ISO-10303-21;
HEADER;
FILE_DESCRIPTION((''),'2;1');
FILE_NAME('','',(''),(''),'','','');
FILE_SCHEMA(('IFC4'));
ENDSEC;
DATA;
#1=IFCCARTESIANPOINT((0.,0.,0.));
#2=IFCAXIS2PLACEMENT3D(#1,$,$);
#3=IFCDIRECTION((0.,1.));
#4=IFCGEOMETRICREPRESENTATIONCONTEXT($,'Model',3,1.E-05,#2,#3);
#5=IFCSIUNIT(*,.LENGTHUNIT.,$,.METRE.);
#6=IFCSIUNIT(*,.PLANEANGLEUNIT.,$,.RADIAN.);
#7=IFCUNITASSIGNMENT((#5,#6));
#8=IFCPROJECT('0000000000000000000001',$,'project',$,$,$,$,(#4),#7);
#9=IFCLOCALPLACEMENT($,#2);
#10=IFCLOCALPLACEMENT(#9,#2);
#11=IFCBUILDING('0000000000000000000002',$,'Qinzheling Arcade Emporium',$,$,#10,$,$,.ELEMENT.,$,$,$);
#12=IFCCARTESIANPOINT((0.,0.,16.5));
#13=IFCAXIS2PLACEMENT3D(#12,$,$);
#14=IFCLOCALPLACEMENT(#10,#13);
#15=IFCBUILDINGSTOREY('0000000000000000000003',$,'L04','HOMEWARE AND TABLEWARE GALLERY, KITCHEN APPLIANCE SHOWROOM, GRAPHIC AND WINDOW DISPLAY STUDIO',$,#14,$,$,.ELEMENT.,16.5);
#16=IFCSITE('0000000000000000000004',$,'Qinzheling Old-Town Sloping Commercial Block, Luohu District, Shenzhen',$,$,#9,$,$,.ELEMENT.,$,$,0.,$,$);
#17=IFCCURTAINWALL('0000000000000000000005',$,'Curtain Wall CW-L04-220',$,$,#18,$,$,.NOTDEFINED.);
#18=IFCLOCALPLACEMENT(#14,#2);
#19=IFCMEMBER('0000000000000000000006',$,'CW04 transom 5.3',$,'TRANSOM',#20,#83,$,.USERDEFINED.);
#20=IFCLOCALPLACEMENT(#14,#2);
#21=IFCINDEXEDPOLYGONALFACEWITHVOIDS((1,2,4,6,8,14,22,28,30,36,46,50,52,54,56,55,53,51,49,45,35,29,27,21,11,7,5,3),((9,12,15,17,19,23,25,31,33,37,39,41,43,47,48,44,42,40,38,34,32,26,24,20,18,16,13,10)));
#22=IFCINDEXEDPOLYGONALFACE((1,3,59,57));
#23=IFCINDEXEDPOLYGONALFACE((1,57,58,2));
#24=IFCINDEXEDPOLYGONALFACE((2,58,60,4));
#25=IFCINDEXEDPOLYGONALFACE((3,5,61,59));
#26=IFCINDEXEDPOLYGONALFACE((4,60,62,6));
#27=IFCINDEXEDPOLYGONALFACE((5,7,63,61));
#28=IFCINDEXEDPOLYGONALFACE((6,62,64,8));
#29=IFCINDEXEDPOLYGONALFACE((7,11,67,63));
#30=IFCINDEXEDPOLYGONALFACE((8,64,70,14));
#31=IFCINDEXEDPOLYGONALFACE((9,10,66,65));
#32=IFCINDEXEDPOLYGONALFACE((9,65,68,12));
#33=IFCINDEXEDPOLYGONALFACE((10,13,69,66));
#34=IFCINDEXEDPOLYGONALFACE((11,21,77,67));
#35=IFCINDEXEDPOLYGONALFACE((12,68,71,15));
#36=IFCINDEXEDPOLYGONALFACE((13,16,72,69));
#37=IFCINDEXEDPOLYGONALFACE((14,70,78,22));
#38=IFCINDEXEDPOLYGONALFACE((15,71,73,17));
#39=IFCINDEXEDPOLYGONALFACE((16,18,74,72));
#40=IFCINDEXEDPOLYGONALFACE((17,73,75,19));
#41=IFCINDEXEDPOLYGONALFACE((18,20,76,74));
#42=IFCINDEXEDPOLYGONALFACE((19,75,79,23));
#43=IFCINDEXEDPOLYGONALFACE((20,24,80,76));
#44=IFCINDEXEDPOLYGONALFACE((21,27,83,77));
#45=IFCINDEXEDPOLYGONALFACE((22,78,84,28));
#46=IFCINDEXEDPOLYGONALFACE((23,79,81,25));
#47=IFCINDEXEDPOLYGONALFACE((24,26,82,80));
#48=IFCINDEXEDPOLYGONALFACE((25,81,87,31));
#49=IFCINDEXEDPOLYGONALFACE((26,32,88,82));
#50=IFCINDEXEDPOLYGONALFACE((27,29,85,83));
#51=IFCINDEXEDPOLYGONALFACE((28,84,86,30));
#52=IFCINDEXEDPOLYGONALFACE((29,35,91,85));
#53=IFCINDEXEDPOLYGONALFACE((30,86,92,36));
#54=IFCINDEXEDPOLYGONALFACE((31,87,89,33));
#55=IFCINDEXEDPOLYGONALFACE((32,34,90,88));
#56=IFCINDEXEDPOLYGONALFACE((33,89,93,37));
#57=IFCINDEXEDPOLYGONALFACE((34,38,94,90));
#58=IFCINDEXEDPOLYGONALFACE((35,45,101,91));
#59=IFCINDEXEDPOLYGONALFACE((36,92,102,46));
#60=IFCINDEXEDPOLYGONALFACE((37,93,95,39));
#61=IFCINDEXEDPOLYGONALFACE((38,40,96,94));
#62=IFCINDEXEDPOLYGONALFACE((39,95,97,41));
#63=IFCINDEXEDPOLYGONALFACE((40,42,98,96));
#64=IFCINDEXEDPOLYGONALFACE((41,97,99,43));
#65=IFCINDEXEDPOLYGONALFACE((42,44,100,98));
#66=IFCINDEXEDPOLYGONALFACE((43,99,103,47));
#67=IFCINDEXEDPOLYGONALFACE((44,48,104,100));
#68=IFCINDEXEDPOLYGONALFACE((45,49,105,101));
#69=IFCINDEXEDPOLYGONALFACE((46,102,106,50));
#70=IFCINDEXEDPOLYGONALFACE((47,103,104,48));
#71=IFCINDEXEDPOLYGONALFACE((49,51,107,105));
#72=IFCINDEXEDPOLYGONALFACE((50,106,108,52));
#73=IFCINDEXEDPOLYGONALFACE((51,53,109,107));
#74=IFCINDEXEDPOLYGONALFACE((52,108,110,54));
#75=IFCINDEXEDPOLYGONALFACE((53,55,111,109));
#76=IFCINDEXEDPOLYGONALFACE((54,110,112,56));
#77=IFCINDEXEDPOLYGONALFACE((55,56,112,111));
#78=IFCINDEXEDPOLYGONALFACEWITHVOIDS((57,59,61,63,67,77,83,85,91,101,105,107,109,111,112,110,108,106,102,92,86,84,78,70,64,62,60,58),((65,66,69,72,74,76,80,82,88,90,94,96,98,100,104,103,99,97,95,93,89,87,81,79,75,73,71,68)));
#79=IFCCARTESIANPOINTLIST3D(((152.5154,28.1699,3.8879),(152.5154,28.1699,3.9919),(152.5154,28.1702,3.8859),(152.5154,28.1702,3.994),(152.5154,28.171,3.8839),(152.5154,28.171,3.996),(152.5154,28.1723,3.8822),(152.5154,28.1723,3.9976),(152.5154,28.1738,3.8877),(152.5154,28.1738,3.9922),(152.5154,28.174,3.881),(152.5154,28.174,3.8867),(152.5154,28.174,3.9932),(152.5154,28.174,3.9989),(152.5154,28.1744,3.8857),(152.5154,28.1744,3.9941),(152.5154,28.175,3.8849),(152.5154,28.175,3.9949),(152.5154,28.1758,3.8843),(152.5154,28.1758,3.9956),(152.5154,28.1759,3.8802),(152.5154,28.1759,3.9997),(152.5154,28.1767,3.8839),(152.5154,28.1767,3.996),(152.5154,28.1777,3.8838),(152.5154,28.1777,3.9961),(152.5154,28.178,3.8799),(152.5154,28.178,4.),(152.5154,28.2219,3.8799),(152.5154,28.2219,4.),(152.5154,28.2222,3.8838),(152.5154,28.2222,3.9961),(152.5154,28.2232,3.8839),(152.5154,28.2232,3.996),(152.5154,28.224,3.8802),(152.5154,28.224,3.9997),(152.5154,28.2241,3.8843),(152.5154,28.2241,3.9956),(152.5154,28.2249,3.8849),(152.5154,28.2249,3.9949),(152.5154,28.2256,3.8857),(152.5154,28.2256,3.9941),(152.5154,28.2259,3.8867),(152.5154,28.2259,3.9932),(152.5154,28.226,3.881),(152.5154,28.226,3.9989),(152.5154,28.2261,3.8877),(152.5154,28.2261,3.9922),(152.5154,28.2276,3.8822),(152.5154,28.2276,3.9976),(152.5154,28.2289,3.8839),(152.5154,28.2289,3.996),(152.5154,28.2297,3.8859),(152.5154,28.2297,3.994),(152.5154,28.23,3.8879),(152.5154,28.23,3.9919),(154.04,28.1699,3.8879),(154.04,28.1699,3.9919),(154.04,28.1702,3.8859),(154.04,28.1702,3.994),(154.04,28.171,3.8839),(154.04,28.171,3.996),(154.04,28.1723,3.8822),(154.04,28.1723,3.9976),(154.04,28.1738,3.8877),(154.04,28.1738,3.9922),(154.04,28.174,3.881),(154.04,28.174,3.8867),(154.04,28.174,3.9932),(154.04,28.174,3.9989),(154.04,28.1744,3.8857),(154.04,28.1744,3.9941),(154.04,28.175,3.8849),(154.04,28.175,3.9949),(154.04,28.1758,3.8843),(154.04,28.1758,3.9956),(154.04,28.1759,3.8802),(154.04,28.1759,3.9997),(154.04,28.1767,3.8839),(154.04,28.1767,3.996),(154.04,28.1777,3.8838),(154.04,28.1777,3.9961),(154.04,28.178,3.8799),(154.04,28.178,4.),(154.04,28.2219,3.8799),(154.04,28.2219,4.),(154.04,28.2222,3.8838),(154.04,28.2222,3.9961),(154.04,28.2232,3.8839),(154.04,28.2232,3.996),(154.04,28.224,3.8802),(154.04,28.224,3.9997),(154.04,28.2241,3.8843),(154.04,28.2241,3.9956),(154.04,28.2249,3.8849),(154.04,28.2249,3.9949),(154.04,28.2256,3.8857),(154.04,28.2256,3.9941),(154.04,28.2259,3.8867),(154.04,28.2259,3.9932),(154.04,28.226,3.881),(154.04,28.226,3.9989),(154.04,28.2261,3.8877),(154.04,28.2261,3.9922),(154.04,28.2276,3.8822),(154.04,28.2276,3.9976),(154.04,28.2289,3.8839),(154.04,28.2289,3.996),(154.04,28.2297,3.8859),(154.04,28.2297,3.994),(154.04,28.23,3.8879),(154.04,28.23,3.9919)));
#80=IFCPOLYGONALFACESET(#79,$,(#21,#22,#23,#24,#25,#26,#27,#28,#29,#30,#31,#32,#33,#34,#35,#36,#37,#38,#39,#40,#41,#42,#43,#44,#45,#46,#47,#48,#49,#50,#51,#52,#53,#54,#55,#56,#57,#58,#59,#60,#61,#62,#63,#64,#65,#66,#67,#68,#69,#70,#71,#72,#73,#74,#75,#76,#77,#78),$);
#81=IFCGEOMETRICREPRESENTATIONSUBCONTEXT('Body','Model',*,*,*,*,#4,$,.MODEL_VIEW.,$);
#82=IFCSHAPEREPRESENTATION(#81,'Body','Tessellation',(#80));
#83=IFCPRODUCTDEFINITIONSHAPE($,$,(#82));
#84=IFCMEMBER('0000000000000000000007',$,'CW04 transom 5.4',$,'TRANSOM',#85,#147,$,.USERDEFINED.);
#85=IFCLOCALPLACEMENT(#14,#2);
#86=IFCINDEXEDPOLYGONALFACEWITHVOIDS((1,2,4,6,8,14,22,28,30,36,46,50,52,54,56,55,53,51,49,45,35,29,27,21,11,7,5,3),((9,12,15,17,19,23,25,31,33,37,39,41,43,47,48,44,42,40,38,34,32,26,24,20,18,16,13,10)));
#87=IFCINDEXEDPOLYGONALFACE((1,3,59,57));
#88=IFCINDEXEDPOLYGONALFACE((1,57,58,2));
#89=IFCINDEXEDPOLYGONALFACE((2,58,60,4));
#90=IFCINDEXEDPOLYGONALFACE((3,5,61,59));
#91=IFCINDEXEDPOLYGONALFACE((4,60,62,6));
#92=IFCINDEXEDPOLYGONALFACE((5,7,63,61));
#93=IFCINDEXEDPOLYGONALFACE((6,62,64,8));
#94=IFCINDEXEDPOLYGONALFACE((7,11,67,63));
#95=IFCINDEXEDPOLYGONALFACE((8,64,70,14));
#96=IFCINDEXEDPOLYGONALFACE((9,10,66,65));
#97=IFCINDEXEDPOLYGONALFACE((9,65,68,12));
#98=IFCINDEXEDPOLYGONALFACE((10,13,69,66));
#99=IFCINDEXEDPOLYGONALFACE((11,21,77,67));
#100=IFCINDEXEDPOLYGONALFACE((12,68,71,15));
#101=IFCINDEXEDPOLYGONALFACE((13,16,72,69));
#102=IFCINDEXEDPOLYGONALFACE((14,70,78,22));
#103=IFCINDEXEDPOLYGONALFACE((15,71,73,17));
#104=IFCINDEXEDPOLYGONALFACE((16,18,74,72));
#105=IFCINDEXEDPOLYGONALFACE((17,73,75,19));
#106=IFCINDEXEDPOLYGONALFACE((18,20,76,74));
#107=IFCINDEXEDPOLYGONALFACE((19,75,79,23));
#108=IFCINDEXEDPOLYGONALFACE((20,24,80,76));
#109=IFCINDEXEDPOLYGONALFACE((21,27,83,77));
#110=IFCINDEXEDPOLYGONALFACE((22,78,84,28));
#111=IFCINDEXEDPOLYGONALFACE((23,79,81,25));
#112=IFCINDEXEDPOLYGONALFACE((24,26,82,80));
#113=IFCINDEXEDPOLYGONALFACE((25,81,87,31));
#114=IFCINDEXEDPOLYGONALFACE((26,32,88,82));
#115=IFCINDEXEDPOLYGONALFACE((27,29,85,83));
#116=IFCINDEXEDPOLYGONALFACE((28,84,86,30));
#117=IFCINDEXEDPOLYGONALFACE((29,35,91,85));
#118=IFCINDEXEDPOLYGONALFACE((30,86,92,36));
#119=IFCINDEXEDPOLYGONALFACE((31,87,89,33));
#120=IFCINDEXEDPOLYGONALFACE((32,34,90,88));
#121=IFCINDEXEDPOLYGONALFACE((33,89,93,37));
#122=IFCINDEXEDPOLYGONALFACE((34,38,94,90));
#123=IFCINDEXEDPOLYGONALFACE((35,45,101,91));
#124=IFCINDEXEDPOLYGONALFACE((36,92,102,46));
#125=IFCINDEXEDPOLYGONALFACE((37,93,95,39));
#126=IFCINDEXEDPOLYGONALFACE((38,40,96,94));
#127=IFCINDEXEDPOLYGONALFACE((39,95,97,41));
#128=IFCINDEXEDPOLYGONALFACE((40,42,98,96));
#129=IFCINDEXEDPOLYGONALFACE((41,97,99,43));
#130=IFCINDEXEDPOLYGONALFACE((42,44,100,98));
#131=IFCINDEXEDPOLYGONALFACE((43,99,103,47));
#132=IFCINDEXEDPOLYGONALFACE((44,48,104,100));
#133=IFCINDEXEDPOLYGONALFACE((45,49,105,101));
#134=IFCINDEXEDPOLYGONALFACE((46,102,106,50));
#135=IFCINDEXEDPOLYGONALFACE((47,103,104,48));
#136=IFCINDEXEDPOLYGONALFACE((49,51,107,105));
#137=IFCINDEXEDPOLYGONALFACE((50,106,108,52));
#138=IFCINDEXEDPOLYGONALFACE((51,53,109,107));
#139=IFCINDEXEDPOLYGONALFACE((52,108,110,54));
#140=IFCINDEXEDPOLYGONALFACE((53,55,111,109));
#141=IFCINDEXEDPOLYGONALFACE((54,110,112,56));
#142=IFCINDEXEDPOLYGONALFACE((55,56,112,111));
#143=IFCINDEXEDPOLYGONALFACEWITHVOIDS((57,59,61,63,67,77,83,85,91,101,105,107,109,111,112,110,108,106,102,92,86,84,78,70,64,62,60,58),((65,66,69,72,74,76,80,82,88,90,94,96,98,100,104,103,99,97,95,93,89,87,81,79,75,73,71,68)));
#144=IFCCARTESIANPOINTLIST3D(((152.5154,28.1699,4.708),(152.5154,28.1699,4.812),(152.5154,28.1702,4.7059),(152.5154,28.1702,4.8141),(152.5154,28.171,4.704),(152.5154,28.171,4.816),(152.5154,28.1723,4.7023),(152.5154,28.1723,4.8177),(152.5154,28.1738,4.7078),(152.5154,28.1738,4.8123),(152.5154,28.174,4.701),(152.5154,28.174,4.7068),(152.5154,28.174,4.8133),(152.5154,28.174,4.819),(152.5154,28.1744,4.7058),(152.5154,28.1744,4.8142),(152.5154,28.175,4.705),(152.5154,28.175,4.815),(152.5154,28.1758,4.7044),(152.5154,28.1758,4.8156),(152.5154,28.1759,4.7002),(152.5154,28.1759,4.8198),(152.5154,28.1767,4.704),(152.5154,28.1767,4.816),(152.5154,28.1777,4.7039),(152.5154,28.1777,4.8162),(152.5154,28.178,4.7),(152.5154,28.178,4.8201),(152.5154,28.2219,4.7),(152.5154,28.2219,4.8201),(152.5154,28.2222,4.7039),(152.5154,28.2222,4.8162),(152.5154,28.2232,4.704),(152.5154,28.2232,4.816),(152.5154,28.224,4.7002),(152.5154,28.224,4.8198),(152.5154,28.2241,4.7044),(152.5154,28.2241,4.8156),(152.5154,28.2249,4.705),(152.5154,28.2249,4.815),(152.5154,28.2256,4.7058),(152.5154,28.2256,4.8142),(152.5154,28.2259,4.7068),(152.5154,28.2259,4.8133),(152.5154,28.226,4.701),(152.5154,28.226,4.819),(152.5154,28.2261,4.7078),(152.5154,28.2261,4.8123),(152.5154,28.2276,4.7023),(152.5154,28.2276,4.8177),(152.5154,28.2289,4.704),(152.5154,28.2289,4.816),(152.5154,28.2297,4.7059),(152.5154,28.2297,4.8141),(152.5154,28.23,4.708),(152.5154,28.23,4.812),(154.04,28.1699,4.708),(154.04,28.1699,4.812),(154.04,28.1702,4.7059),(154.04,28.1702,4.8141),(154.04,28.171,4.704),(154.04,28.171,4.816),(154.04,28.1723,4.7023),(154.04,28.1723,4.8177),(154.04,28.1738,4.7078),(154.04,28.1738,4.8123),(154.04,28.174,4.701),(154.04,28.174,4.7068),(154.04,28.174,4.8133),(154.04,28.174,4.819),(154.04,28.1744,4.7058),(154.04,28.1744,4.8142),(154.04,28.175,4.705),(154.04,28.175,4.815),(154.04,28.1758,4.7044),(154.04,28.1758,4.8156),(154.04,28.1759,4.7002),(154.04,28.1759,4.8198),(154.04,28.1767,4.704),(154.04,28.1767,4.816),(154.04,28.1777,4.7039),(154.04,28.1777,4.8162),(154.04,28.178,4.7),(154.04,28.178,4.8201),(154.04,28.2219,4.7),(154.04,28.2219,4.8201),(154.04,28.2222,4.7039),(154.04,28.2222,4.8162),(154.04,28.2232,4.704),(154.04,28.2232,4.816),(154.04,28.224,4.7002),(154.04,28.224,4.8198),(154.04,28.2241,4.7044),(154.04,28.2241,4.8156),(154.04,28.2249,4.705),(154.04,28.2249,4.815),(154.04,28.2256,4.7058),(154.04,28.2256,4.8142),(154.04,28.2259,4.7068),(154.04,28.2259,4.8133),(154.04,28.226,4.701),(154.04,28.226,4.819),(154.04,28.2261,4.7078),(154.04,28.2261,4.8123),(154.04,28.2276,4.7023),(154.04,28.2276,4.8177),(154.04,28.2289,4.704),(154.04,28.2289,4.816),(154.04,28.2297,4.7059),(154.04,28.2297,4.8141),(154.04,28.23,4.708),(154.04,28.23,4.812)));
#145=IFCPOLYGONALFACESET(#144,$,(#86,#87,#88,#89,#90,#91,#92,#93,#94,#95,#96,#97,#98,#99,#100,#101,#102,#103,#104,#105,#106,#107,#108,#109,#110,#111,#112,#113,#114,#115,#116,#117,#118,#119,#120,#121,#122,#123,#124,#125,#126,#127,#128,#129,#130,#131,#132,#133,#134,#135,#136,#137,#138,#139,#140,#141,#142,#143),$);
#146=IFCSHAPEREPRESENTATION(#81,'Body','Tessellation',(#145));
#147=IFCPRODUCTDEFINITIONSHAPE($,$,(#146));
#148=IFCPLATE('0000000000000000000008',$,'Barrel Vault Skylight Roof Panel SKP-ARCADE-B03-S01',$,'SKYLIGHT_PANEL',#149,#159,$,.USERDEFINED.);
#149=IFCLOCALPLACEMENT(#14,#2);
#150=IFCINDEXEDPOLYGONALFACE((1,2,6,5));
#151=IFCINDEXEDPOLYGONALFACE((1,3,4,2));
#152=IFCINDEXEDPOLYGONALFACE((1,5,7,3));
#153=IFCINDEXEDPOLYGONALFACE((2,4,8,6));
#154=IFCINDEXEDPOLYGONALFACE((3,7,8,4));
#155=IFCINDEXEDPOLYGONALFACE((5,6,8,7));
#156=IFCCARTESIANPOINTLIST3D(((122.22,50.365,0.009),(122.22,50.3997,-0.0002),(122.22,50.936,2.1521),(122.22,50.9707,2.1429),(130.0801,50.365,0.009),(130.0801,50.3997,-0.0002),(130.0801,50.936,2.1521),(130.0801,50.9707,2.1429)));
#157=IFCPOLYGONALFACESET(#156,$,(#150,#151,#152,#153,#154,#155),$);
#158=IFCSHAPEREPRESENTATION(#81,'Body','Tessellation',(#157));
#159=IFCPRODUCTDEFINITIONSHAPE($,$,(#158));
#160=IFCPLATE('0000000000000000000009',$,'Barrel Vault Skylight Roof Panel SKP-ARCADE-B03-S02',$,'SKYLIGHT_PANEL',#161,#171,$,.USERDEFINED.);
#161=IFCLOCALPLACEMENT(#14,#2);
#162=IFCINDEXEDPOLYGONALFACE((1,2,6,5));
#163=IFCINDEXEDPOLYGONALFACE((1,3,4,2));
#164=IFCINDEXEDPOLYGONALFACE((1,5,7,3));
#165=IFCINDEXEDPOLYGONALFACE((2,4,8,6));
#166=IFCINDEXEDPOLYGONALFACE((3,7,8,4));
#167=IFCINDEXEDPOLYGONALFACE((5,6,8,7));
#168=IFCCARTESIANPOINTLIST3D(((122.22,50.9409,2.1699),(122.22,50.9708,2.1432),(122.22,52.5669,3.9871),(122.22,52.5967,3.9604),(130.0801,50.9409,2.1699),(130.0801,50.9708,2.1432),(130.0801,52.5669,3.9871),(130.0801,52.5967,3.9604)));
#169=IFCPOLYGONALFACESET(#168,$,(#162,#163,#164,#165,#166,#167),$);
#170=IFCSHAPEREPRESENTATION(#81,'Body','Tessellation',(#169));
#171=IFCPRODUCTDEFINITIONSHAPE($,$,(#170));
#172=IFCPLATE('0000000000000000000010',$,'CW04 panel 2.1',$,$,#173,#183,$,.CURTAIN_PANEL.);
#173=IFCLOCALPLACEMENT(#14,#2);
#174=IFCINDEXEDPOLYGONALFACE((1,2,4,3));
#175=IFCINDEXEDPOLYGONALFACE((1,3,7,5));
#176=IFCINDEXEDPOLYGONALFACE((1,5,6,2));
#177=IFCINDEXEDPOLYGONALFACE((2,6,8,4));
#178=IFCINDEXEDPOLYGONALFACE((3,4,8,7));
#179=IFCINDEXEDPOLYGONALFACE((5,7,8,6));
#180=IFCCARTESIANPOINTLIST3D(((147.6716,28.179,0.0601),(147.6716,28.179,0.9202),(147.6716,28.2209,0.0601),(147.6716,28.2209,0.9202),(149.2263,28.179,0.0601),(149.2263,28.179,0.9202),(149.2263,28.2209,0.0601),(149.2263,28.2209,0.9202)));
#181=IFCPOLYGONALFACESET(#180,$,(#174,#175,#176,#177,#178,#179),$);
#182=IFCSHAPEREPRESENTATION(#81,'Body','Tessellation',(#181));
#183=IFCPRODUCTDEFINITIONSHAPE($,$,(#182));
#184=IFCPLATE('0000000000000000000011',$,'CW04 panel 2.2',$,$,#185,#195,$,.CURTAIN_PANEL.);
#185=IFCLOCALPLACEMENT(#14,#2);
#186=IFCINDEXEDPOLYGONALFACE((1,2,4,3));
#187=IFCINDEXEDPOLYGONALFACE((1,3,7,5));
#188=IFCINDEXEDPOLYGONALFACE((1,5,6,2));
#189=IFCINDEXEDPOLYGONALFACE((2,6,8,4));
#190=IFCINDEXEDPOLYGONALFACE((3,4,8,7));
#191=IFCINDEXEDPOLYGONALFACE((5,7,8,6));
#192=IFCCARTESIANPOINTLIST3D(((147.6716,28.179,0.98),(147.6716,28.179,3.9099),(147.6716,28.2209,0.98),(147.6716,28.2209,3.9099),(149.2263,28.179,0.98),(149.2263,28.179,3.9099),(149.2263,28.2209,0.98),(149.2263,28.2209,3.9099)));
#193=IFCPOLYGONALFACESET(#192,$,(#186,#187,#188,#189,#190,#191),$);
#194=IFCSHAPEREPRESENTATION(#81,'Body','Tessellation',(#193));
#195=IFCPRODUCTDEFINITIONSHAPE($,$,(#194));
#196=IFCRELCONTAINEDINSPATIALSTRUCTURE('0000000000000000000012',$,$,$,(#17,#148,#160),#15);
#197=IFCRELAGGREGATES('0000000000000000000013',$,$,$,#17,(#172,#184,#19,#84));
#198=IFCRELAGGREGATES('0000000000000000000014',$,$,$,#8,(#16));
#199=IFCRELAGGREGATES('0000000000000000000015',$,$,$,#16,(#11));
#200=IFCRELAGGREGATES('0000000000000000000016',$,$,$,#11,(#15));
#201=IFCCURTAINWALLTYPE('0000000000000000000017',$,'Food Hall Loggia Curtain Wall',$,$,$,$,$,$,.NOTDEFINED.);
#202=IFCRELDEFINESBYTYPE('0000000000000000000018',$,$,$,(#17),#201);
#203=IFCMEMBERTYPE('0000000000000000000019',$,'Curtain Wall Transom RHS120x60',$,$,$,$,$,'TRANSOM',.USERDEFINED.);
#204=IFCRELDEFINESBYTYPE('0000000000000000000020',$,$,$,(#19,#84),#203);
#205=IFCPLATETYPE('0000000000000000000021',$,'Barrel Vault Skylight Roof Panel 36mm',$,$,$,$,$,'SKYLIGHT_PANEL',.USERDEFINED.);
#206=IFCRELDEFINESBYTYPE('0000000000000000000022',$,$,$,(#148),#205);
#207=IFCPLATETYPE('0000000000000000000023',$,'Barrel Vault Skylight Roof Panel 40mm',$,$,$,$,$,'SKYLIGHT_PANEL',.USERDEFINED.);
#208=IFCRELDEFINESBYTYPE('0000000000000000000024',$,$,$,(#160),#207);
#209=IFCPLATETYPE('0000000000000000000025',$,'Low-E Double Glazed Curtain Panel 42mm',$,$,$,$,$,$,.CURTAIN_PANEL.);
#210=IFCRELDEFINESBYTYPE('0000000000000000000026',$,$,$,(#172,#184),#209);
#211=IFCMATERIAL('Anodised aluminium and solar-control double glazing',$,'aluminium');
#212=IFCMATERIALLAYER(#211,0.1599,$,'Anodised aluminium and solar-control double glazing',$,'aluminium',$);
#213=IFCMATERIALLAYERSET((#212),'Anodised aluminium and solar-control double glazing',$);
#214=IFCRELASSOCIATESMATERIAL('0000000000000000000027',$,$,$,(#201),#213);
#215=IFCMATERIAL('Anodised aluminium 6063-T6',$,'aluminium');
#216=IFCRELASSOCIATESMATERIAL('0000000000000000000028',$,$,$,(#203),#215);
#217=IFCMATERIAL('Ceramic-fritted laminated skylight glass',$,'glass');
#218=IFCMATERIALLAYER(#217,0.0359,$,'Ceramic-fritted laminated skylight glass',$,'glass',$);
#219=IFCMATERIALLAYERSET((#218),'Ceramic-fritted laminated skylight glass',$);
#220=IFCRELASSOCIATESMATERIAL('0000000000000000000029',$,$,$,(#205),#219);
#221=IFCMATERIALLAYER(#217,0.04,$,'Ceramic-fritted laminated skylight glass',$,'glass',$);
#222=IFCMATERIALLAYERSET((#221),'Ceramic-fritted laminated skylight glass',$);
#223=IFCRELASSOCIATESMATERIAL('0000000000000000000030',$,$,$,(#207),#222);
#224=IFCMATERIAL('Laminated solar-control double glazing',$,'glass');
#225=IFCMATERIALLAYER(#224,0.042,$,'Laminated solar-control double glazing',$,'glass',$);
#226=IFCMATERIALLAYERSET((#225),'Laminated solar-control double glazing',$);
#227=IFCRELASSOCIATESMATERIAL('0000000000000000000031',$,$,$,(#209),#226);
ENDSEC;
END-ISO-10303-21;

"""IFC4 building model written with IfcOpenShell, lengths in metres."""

from ifc_helpers import new_model, si_unit, direction, frame, origin, origin_2d, place, context, subcontext, project, spatial, polyline, rectangle, hollow_rectangle, outline, extrude, material, layer, layer_set, material_profile, profile_set, type_object, element, aggregate, save


model = new_model("IFC4")

# Units and contexts
model_context = context("Model", 3, precision=1e-05, world=origin(), true_north=direction((0.0, 1.0)))
body_context = subcontext(model_context, "Body", "Model", "MODEL_VIEW")
ifc_project = project(units=[si_unit("LENGTHUNIT", "METRE"), si_unit("PLANEANGLEUNIT", "RADIAN")], contexts=[model_context])

# Site, building, storey
site_placement = place(None, origin())
site = spatial("IfcSite", under=ifc_project, at=site_placement, Name="Qinzheling Old-Town Sloping Commercial Block, Luohu District, Shenzhen", CompositionType="ELEMENT", RefElevation=0.0)
building_placement = place(site_placement, origin())
building = spatial("IfcBuilding", under=site, at=building_placement, Name="Qinzheling Arcade Emporium", CompositionType="ELEMENT")
storey_placement = place(building_placement, frame((0.0, 0.0, 16.5)))
storey = spatial("IfcBuildingStorey", under=building, at=storey_placement, Name="L04", Description="HOMEWARE AND TABLEWARE GALLERY, KITCHEN APPLIANCE SHOWROOM, GRAPHIC AND WINDOW DISPLAY STUDIO", CompositionType="ELEMENT", Elevation=16.5)

# Curtain wall, members
ifc_material_1 = material(Name="Anodised aluminium and solar-control double glazing", Category="aluminium")
ifc_layer_1 = layer(ifc_material_1, 0.1599, Name="Anodised aluminium and solar-control double glazing", Category="aluminium")
ifc_layer_set_1 = layer_set([ifc_layer_1], Name="Anodised aluminium and solar-control double glazing")
curtain_wall_type = type_object("IfcCurtainWallType", Name="Food Hall Loggia Curtain Wall", PredefinedType="NOTDEFINED", material=ifc_layer_set_1)
curtain_wall_placement = place(storey_placement, origin())
curtain_wall = element("IfcCurtainWall", 1, at=curtain_wall_placement, inside=storey, type_object=curtain_wall_type, Name="Curtain Wall CW-L04-220", PredefinedType="NOTDEFINED")
ifc_material_2 = material(Name="Anodised aluminium 6063-T6", Category="aluminium")
ifc_material_profile_1 = material_profile(ifc_material_2, hollow_rectangle(XDim=0.0601, YDim=0.1201, WallThickness=0.0039, InnerFilletRadius=0.0039, OuterFilletRadius=0.0081, at=origin_2d()), Name="RHS 120x60x4", Category="aluminium")
ifc_profile_set_1 = profile_set([ifc_material_profile_1], Name="Anodised aluminium 6063-T6")
member_type_1 = type_object("IfcMemberType", Name="Curtain Wall Transom RHS120x60", ElementType="TRANSOM", PredefinedType="USERDEFINED", material=ifc_profile_set_1)
member_1_placement = place(storey_placement, frame((152.5154, 28.2, 3.9399), z_axis=(1.0, 0.0, 0.0), x_axis=(0.0, 1.0, 0.0)))
member_1 = element("IfcMember", 2, at=member_1_placement, type_object=member_type_1, Name="CW04 transom 5.3", ObjectType="TRANSOM", PredefinedType="USERDEFINED", context=body_context, shape_type="SweptSolid", body=[
    extrude(hollow_rectangle(XDim=0.0601, YDim=0.1201, WallThickness=0.0039, InnerFilletRadius=0.0039, OuterFilletRadius=0.0081, at=origin_2d()), origin(), (0.0, 0.0, 1.0), 1.5247),
])
member_2_placement = place(storey_placement, frame((152.5154, 28.2, 4.76), z_axis=(1.0, 0.0, 0.0), x_axis=(0.0, 1.0, 0.0)))
member_2 = element("IfcMember", 3, at=member_2_placement, type_object=member_type_1, Name="CW04 transom 5.4", ObjectType="TRANSOM", PredefinedType="USERDEFINED", context=body_context, shape_type="SweptSolid", body=[
    extrude(hollow_rectangle(XDim=0.0601, YDim=0.1201, WallThickness=0.0039, InnerFilletRadius=0.0039, OuterFilletRadius=0.0081, at=origin_2d()), origin(), (0.0, 0.0, 1.0), 1.5247),
])

# Plates
ifc_material_3 = material(Name="Ceramic-fritted laminated skylight glass", Category="glass")
ifc_layer_2 = layer(ifc_material_3, 0.0359, Name="Ceramic-fritted laminated skylight glass", Category="glass")
ifc_layer_set_2 = layer_set([ifc_layer_2], Name="Ceramic-fritted laminated skylight glass")
plate_type_1 = type_object("IfcPlateType", Name="Barrel Vault Skylight Roof Panel 36mm", ElementType="SKYLIGHT_PANEL", PredefinedType="USERDEFINED", material=ifc_layer_set_2)
plate_1_placement = place(storey_placement, frame((122.22, 50.365, 0.009), z_axis=(0.0, -0.966284, 0.257478), x_axis=(1.0, 0.0, 0.0)))
element("IfcPlate", 4, at=plate_1_placement, inside=storey, type_object=plate_type_1, Name="Barrel Vault Skylight Roof Panel SKP-ARCADE-B03-S01", ObjectType="SKYLIGHT_PANEL", PredefinedType="USERDEFINED", context=body_context, shape_type="SweptSolid", body=[
    extrude(outline(polyline([(0.0, 0.0), (7.8601, 0.0), (7.8601, 2.2178), (0.0, 2.2178), (0.0, 0.0)])), origin(), (0.0, 0.0, -1.0), 0.0359),
])
ifc_layer_3 = layer(ifc_material_3, 0.04, Name="Ceramic-fritted laminated skylight glass", Category="glass")
ifc_layer_set_3 = layer_set([ifc_layer_3], Name="Ceramic-fritted laminated skylight glass")
plate_type_2 = type_object("IfcPlateType", Name="Barrel Vault Skylight Roof Panel 40mm", ElementType="SKYLIGHT_PANEL", PredefinedType="USERDEFINED", material=ifc_layer_set_3)
plate_2_placement = place(storey_placement, frame((122.22, 50.9409, 2.1699), z_axis=(0.0, -0.745218, 0.666821), x_axis=(1.0, 0.0, 0.0)))
element("IfcPlate", 5, at=plate_2_placement, inside=storey, type_object=plate_type_2, Name="Barrel Vault Skylight Roof Panel SKP-ARCADE-B03-S02", ObjectType="SKYLIGHT_PANEL", PredefinedType="USERDEFINED", context=body_context, shape_type="SweptSolid", body=[
    extrude(outline(polyline([(0.0, 0.0), (7.8601, 0.0), (7.8601, 2.4384), (0.0, 2.4384), (0.0, 0.0)])), origin(), (0.0, 0.0, -1.0), 0.04),
])

# Plates
ifc_material_4 = material(Name="Laminated solar-control double glazing", Category="glass")
ifc_layer_4 = layer(ifc_material_4, 0.042, Name="Laminated solar-control double glazing", Category="glass")
ifc_layer_set_4 = layer_set([ifc_layer_4], Name="Laminated solar-control double glazing")
plate_type_3 = type_object("IfcPlateType", Name="Low-E Double Glazed Curtain Panel 42mm", PredefinedType="CURTAIN_PANEL", material=ifc_layer_set_4)
plate_3_placement = place(storey_placement, frame((148.449, 28.2, 0.0601), z_axis=(0.0, 0.0, 1.0), x_axis=(1.0, 0.0, 0.0)))
plate_3 = element("IfcPlate", 6, at=plate_3_placement, type_object=plate_type_3, Name="CW04 panel 2.1", PredefinedType="CURTAIN_PANEL", context=body_context, shape_type="SweptSolid", body=[
    extrude(rectangle(XDim=1.5547, YDim=0.042, at=origin_2d()), origin(), (0.0, 0.0, 1.0), 0.8601),
])
plate_4_placement = place(storey_placement, frame((148.449, 28.2, 0.98), z_axis=(0.0, 0.0, 1.0), x_axis=(1.0, 0.0, 0.0)))
plate_4 = element("IfcPlate", 7, at=plate_4_placement, type_object=plate_type_3, Name="CW04 panel 2.2", PredefinedType="CURTAIN_PANEL", context=body_context, shape_type="SweptSolid", body=[
    extrude(rectangle(XDim=1.5547, YDim=0.042, at=origin_2d()), origin(), (0.0, 0.0, 1.0), 2.9299),
])
aggregate(curtain_wall, [plate_3, plate_4, member_1, member_2])

save(model, "model.ifc")
